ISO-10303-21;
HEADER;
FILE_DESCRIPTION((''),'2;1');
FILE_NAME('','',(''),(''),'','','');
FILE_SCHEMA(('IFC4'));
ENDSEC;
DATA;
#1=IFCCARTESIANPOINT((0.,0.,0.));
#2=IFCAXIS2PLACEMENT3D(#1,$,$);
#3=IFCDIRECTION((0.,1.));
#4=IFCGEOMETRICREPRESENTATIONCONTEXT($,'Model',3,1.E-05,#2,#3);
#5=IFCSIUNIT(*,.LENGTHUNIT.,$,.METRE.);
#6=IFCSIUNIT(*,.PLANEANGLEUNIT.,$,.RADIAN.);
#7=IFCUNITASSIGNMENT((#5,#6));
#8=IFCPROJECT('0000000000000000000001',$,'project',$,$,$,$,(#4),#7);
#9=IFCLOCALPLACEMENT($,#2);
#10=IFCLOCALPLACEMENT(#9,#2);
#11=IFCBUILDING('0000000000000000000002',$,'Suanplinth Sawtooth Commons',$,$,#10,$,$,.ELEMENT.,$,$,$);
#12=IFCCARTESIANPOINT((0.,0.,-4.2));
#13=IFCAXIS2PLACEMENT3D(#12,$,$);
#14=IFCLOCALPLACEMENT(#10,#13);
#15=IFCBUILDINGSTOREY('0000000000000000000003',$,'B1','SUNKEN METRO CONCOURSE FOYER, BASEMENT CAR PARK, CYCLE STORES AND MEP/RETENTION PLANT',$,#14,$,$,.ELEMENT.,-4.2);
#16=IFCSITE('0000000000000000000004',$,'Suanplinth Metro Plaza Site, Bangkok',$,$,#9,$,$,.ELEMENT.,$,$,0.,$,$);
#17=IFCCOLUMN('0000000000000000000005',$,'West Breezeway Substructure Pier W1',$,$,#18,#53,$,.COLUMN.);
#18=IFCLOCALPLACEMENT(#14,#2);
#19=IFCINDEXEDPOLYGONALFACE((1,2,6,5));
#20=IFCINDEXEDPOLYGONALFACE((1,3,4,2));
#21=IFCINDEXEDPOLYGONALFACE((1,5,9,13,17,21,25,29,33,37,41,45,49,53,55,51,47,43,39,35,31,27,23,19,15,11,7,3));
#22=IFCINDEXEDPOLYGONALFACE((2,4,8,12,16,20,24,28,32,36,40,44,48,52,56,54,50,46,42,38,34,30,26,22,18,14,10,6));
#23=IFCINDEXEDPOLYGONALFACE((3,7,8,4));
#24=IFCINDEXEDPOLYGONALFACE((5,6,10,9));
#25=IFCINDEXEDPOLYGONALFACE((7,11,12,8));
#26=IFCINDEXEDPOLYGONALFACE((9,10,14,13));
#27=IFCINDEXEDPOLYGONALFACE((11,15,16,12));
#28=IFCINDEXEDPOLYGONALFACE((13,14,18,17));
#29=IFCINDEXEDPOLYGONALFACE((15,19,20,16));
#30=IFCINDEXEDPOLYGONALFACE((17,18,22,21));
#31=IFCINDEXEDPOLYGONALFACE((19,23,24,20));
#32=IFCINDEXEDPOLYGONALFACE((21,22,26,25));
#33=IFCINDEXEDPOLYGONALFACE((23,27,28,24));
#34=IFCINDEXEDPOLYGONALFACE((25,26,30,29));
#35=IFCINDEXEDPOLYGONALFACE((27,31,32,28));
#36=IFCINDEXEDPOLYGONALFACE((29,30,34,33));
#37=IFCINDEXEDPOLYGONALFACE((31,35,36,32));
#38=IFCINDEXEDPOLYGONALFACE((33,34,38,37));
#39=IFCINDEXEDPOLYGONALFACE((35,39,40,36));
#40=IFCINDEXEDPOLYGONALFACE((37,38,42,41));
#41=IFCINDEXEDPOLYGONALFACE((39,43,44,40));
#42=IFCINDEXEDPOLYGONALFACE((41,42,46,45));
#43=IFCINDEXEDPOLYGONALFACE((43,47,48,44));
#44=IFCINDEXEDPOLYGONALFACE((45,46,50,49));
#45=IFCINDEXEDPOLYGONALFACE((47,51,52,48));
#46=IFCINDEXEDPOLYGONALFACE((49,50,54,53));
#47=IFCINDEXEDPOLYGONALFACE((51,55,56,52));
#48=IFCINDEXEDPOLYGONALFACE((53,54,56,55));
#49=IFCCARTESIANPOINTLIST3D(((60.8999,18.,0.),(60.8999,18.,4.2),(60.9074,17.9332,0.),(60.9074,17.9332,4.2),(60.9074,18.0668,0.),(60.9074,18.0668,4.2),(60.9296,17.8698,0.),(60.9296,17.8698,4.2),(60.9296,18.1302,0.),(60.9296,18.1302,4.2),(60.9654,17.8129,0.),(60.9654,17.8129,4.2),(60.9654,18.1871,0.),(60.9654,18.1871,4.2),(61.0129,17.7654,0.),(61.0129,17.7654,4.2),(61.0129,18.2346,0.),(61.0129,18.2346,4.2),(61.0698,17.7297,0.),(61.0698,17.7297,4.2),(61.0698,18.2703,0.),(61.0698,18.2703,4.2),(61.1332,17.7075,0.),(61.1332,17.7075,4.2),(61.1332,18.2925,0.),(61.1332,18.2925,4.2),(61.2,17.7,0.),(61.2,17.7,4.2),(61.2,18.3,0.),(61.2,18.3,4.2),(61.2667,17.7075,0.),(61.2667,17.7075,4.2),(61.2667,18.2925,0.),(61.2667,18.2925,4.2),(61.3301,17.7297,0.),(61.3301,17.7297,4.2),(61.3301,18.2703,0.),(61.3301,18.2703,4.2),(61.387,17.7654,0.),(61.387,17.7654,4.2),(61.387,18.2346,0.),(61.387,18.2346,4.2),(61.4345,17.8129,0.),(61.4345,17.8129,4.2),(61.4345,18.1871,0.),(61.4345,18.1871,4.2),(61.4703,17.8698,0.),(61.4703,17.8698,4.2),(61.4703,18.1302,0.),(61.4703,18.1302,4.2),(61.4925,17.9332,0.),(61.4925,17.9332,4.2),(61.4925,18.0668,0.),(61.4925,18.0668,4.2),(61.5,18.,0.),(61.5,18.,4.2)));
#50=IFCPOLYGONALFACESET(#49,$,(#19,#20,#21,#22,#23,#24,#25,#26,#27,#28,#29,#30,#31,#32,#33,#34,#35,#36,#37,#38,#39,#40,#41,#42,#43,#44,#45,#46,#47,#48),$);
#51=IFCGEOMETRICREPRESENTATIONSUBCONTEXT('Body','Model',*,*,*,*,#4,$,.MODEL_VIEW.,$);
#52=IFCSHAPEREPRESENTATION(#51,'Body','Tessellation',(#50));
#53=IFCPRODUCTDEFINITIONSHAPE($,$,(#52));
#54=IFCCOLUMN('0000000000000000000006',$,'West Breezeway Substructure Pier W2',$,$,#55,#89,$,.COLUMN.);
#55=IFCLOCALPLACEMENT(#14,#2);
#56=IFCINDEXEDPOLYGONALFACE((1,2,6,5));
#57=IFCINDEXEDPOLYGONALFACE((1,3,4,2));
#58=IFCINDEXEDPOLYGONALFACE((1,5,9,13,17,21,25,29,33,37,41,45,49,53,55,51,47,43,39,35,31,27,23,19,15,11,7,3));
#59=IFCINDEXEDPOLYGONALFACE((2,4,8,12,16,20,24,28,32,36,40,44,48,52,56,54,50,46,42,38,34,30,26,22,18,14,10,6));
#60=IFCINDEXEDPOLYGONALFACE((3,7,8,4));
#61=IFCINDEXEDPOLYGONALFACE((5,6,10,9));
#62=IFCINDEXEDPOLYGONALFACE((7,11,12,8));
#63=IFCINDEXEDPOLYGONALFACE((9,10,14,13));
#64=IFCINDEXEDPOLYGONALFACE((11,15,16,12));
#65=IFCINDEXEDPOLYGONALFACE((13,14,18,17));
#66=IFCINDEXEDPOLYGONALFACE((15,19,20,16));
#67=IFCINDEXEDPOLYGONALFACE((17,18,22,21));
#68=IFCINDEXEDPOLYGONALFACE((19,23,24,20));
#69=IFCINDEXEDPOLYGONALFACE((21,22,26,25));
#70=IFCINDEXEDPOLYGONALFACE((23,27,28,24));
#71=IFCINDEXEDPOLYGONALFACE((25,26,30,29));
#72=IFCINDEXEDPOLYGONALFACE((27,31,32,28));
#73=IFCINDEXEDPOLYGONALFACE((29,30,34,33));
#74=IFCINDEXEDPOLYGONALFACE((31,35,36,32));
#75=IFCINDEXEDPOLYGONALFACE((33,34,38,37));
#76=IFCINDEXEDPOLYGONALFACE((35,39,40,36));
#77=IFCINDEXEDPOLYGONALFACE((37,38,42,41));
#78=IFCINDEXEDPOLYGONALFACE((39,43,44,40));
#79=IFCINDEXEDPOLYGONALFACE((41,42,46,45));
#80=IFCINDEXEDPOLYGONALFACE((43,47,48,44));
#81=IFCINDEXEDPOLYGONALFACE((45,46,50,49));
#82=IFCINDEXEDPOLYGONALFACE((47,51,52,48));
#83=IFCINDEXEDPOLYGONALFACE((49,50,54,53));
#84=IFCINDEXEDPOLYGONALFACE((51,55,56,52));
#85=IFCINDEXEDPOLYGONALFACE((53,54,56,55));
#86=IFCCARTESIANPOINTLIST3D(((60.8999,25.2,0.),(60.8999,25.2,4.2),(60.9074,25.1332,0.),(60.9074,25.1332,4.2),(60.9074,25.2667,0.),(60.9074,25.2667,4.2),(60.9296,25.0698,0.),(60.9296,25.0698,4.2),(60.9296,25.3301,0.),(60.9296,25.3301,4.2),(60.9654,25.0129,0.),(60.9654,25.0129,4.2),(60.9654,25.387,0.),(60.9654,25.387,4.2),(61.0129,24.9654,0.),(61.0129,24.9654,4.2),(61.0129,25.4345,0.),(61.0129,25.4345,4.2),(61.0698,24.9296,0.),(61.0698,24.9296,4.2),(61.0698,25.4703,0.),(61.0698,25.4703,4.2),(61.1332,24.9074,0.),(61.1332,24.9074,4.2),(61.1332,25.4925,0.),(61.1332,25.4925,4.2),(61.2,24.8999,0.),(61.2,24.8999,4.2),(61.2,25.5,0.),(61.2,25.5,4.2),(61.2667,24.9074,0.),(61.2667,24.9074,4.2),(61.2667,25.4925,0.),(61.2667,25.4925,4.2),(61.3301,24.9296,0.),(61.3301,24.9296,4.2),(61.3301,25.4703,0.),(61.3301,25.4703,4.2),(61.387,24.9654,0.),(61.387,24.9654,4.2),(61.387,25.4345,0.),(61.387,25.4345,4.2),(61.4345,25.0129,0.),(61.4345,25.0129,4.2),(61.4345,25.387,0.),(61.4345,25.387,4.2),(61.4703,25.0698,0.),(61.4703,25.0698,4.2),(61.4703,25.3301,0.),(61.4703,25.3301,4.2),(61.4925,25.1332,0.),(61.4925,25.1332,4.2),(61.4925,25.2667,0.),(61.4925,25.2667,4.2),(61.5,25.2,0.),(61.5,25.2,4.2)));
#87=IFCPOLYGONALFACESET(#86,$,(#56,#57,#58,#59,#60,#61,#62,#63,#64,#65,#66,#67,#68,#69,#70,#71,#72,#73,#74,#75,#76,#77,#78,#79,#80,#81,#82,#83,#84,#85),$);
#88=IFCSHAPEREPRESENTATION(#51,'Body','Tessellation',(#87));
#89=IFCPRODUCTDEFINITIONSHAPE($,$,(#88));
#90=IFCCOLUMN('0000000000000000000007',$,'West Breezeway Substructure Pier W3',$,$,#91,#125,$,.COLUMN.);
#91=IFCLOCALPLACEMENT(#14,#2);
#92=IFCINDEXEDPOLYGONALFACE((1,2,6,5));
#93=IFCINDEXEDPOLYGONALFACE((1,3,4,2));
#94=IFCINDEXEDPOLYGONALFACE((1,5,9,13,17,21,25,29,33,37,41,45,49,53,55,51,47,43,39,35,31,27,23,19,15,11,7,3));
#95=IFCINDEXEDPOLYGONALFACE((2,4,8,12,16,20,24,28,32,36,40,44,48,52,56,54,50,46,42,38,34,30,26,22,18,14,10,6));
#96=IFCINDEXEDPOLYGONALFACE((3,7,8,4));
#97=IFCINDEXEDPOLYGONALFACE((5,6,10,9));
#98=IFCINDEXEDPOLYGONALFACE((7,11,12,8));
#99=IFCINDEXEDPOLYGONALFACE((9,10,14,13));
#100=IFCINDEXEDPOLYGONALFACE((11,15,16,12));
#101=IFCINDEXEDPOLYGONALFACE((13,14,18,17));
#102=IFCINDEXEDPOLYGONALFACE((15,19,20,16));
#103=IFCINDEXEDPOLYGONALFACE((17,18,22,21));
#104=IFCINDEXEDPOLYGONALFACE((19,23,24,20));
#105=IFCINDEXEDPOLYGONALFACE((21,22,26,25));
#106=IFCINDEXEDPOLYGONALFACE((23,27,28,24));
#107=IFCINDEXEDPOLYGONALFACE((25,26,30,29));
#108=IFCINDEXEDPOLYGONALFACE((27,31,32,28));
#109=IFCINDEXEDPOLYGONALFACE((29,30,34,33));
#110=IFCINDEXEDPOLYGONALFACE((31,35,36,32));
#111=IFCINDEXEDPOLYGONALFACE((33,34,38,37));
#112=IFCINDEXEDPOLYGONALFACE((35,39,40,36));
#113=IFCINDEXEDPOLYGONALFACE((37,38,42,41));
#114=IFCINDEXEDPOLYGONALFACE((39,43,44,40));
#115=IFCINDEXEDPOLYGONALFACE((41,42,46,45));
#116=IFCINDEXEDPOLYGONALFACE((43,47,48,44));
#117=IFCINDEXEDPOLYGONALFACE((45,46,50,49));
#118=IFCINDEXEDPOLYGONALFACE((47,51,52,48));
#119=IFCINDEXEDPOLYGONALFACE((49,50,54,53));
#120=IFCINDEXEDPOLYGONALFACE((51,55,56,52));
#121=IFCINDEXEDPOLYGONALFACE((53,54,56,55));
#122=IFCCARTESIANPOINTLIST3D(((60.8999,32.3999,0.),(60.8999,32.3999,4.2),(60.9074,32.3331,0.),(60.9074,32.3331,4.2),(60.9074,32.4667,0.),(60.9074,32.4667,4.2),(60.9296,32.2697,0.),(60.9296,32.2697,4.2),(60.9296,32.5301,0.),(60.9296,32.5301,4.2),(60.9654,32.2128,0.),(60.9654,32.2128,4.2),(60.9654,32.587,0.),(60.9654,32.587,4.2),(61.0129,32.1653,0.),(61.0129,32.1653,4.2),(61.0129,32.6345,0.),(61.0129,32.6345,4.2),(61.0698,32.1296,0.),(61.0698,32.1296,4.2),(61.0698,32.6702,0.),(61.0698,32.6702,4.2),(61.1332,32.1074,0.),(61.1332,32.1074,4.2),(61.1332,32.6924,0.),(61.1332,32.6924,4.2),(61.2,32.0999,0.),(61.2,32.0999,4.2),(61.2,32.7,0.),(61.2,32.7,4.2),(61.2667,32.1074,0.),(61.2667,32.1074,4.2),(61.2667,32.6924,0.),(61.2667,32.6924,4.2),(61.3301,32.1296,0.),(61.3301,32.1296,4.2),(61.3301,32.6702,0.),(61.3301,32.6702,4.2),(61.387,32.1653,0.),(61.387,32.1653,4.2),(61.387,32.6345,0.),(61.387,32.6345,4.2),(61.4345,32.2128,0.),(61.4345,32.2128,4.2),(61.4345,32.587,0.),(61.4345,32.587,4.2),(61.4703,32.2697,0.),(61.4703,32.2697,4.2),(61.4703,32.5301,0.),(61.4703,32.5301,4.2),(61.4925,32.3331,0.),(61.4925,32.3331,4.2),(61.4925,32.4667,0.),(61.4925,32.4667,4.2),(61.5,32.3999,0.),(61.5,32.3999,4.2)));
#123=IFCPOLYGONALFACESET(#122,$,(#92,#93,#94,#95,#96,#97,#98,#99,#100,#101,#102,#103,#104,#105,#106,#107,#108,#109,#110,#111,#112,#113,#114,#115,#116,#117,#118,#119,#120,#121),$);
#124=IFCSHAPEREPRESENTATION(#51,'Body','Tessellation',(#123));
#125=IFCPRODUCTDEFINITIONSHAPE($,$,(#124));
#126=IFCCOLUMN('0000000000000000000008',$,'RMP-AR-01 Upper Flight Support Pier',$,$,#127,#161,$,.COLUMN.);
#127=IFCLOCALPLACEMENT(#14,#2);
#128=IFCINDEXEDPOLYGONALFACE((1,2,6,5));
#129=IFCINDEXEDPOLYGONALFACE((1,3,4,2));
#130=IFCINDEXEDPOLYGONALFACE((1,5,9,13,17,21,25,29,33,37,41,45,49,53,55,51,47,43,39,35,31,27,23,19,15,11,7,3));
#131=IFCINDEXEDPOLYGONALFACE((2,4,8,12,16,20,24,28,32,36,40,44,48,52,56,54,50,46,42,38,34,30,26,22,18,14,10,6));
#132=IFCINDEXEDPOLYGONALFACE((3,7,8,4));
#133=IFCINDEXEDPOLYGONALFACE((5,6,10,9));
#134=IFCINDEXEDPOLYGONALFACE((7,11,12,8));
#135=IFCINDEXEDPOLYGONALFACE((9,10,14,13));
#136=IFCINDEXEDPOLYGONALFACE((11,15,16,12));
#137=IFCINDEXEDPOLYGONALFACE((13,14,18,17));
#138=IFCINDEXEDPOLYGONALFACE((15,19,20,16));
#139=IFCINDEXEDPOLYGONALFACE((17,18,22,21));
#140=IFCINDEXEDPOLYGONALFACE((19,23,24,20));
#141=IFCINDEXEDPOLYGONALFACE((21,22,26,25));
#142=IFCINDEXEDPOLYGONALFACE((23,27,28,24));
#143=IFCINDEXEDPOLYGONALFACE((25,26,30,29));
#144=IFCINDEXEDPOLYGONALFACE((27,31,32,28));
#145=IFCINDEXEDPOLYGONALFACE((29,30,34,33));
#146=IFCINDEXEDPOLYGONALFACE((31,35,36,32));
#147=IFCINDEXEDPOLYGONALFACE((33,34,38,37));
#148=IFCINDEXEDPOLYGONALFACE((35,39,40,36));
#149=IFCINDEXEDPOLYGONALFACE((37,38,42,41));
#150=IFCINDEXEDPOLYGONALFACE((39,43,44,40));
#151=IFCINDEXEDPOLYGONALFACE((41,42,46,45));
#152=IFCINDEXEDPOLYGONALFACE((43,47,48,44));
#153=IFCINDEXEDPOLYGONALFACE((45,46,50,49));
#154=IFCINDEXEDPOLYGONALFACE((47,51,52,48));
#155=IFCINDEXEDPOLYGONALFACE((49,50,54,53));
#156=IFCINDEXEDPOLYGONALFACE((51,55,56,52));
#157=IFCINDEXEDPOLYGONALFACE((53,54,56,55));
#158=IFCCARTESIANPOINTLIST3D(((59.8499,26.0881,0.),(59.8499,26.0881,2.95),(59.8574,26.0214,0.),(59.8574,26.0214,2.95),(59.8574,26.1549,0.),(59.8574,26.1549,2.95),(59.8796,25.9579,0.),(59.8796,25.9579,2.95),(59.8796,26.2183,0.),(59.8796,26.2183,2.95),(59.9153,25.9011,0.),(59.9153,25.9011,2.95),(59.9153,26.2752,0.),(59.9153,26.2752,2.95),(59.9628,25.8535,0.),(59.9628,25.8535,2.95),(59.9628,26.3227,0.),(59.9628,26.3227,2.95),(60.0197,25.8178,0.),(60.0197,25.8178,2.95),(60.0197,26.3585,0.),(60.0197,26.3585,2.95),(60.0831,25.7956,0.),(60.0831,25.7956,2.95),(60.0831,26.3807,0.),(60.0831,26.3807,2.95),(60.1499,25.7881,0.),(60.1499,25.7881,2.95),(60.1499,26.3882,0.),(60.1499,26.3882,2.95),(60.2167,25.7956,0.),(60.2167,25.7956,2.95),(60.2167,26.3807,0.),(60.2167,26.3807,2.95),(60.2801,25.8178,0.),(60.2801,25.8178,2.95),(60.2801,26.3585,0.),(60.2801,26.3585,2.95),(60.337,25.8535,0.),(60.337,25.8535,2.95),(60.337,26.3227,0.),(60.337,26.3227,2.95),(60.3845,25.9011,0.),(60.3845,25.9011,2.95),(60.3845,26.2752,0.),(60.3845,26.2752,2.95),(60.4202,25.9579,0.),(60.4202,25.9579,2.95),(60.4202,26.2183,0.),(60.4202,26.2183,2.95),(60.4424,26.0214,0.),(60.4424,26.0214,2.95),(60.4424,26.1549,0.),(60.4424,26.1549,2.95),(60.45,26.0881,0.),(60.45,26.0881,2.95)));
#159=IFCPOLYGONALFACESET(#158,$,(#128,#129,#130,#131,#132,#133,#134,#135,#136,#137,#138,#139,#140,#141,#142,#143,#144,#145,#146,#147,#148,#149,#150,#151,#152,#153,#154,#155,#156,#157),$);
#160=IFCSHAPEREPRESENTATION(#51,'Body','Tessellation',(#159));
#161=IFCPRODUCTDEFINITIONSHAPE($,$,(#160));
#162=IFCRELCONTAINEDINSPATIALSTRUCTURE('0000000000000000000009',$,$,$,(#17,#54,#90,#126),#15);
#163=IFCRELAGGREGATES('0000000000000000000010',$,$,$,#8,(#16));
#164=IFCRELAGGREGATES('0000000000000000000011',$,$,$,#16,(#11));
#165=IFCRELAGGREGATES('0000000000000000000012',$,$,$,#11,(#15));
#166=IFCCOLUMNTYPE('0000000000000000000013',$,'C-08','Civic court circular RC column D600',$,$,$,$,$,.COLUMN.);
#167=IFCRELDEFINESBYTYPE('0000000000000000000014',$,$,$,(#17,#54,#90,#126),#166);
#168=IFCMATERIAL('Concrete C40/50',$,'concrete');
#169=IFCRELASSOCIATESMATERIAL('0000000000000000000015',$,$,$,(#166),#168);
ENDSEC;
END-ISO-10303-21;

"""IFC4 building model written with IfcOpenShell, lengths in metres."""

from ifc_helpers import new_model, si_unit, direction, frame, origin, origin_2d, place, context, subcontext, project, spatial, circle, extrude, material, material_profile, profile_set, type_object, element, save


model = new_model("IFC4")

# Units and contexts
model_context = context("Model", 3, precision=1e-05, world=origin(), true_north=direction((0.0, 1.0)))
body_context = subcontext(model_context, "Body", "Model", "MODEL_VIEW")
ifc_project = project(units=[si_unit("LENGTHUNIT", "METRE"), si_unit("PLANEANGLEUNIT", "RADIAN")], contexts=[model_context])

# Site, building, storey
site_placement = place(None, origin())
site = spatial("IfcSite", under=ifc_project, at=site_placement, Name="Suanplinth Metro Plaza Site, Bangkok", CompositionType="ELEMENT", RefElevation=0.0)
building_placement = place(site_placement, origin())
building = spatial("IfcBuilding", under=site, at=building_placement, Name="Suanplinth Sawtooth Commons", CompositionType="ELEMENT")
storey_placement = place(building_placement, frame((0.0, 0.0, -4.2)))
storey = spatial("IfcBuildingStorey", under=building, at=storey_placement, Name="B1", Description="SUNKEN METRO CONCOURSE FOYER, BASEMENT CAR PARK, CYCLE STORES AND MEP/RETENTION PLANT", CompositionType="ELEMENT", Elevation=-4.2)

# Columns
ifc_material_1 = material(Name="Concrete C40/50", Category="concrete")
ifc_material_profile_1 = material_profile(ifc_material_1, circle(Radius=0.3, at=origin_2d()), Name="RC-CIRC D600")
ifc_profile_set_1 = profile_set([ifc_material_profile_1], Name="Concrete C40/50")
column_type_1 = type_object("IfcColumnType", Name="C-08", Description="Civic court circular RC column D600", PredefinedType="COLUMN", material=ifc_profile_set_1)
for number, where, z_axis, x_axis, name in (
    (1, (61.2, 18.0, 0.0), (0.0, 0.0, 1.0), (1.0, 0.0, 0.0), "West Breezeway Substructure Pier W1"),
    (2, (61.2, 25.2, 0.0), (0.0, 0.0, 1.0), (1.0, 0.0, 0.0), "West Breezeway Substructure Pier W2"),
    (3, (61.2, 32.3999, 0.0), (0.0, 0.0, 1.0), (1.0, 0.0, 0.0), "West Breezeway Substructure Pier W3"),
):
    element("IfcColumn", number, at=place(storey_placement, frame(where, z_axis=z_axis, x_axis=x_axis)), inside=storey, type_object=column_type_1, Name=name, PredefinedType="COLUMN", context=body_context, shape_type="SweptSolid", body=[
        extrude(circle(Radius=0.3, at=origin_2d()), origin(), (0.0, 0.0, 1.0), 4.2),
    ])
column_1_placement = place(storey_placement, frame((60.1499, 26.0881, 0.0), z_axis=(0.0, 0.0, 1.0), x_axis=(1.0, 0.0, 0.0)))
element("IfcColumn", 4, at=column_1_placement, inside=storey, type_object=column_type_1, Name="RMP-AR-01 Upper Flight Support Pier", PredefinedType="COLUMN", context=body_context, shape_type="SweptSolid", body=[
    extrude(circle(Radius=0.3, at=origin_2d()), origin(), (0.0, 0.0, 1.0), 2.95),
])

save(model, "model.ifc")
